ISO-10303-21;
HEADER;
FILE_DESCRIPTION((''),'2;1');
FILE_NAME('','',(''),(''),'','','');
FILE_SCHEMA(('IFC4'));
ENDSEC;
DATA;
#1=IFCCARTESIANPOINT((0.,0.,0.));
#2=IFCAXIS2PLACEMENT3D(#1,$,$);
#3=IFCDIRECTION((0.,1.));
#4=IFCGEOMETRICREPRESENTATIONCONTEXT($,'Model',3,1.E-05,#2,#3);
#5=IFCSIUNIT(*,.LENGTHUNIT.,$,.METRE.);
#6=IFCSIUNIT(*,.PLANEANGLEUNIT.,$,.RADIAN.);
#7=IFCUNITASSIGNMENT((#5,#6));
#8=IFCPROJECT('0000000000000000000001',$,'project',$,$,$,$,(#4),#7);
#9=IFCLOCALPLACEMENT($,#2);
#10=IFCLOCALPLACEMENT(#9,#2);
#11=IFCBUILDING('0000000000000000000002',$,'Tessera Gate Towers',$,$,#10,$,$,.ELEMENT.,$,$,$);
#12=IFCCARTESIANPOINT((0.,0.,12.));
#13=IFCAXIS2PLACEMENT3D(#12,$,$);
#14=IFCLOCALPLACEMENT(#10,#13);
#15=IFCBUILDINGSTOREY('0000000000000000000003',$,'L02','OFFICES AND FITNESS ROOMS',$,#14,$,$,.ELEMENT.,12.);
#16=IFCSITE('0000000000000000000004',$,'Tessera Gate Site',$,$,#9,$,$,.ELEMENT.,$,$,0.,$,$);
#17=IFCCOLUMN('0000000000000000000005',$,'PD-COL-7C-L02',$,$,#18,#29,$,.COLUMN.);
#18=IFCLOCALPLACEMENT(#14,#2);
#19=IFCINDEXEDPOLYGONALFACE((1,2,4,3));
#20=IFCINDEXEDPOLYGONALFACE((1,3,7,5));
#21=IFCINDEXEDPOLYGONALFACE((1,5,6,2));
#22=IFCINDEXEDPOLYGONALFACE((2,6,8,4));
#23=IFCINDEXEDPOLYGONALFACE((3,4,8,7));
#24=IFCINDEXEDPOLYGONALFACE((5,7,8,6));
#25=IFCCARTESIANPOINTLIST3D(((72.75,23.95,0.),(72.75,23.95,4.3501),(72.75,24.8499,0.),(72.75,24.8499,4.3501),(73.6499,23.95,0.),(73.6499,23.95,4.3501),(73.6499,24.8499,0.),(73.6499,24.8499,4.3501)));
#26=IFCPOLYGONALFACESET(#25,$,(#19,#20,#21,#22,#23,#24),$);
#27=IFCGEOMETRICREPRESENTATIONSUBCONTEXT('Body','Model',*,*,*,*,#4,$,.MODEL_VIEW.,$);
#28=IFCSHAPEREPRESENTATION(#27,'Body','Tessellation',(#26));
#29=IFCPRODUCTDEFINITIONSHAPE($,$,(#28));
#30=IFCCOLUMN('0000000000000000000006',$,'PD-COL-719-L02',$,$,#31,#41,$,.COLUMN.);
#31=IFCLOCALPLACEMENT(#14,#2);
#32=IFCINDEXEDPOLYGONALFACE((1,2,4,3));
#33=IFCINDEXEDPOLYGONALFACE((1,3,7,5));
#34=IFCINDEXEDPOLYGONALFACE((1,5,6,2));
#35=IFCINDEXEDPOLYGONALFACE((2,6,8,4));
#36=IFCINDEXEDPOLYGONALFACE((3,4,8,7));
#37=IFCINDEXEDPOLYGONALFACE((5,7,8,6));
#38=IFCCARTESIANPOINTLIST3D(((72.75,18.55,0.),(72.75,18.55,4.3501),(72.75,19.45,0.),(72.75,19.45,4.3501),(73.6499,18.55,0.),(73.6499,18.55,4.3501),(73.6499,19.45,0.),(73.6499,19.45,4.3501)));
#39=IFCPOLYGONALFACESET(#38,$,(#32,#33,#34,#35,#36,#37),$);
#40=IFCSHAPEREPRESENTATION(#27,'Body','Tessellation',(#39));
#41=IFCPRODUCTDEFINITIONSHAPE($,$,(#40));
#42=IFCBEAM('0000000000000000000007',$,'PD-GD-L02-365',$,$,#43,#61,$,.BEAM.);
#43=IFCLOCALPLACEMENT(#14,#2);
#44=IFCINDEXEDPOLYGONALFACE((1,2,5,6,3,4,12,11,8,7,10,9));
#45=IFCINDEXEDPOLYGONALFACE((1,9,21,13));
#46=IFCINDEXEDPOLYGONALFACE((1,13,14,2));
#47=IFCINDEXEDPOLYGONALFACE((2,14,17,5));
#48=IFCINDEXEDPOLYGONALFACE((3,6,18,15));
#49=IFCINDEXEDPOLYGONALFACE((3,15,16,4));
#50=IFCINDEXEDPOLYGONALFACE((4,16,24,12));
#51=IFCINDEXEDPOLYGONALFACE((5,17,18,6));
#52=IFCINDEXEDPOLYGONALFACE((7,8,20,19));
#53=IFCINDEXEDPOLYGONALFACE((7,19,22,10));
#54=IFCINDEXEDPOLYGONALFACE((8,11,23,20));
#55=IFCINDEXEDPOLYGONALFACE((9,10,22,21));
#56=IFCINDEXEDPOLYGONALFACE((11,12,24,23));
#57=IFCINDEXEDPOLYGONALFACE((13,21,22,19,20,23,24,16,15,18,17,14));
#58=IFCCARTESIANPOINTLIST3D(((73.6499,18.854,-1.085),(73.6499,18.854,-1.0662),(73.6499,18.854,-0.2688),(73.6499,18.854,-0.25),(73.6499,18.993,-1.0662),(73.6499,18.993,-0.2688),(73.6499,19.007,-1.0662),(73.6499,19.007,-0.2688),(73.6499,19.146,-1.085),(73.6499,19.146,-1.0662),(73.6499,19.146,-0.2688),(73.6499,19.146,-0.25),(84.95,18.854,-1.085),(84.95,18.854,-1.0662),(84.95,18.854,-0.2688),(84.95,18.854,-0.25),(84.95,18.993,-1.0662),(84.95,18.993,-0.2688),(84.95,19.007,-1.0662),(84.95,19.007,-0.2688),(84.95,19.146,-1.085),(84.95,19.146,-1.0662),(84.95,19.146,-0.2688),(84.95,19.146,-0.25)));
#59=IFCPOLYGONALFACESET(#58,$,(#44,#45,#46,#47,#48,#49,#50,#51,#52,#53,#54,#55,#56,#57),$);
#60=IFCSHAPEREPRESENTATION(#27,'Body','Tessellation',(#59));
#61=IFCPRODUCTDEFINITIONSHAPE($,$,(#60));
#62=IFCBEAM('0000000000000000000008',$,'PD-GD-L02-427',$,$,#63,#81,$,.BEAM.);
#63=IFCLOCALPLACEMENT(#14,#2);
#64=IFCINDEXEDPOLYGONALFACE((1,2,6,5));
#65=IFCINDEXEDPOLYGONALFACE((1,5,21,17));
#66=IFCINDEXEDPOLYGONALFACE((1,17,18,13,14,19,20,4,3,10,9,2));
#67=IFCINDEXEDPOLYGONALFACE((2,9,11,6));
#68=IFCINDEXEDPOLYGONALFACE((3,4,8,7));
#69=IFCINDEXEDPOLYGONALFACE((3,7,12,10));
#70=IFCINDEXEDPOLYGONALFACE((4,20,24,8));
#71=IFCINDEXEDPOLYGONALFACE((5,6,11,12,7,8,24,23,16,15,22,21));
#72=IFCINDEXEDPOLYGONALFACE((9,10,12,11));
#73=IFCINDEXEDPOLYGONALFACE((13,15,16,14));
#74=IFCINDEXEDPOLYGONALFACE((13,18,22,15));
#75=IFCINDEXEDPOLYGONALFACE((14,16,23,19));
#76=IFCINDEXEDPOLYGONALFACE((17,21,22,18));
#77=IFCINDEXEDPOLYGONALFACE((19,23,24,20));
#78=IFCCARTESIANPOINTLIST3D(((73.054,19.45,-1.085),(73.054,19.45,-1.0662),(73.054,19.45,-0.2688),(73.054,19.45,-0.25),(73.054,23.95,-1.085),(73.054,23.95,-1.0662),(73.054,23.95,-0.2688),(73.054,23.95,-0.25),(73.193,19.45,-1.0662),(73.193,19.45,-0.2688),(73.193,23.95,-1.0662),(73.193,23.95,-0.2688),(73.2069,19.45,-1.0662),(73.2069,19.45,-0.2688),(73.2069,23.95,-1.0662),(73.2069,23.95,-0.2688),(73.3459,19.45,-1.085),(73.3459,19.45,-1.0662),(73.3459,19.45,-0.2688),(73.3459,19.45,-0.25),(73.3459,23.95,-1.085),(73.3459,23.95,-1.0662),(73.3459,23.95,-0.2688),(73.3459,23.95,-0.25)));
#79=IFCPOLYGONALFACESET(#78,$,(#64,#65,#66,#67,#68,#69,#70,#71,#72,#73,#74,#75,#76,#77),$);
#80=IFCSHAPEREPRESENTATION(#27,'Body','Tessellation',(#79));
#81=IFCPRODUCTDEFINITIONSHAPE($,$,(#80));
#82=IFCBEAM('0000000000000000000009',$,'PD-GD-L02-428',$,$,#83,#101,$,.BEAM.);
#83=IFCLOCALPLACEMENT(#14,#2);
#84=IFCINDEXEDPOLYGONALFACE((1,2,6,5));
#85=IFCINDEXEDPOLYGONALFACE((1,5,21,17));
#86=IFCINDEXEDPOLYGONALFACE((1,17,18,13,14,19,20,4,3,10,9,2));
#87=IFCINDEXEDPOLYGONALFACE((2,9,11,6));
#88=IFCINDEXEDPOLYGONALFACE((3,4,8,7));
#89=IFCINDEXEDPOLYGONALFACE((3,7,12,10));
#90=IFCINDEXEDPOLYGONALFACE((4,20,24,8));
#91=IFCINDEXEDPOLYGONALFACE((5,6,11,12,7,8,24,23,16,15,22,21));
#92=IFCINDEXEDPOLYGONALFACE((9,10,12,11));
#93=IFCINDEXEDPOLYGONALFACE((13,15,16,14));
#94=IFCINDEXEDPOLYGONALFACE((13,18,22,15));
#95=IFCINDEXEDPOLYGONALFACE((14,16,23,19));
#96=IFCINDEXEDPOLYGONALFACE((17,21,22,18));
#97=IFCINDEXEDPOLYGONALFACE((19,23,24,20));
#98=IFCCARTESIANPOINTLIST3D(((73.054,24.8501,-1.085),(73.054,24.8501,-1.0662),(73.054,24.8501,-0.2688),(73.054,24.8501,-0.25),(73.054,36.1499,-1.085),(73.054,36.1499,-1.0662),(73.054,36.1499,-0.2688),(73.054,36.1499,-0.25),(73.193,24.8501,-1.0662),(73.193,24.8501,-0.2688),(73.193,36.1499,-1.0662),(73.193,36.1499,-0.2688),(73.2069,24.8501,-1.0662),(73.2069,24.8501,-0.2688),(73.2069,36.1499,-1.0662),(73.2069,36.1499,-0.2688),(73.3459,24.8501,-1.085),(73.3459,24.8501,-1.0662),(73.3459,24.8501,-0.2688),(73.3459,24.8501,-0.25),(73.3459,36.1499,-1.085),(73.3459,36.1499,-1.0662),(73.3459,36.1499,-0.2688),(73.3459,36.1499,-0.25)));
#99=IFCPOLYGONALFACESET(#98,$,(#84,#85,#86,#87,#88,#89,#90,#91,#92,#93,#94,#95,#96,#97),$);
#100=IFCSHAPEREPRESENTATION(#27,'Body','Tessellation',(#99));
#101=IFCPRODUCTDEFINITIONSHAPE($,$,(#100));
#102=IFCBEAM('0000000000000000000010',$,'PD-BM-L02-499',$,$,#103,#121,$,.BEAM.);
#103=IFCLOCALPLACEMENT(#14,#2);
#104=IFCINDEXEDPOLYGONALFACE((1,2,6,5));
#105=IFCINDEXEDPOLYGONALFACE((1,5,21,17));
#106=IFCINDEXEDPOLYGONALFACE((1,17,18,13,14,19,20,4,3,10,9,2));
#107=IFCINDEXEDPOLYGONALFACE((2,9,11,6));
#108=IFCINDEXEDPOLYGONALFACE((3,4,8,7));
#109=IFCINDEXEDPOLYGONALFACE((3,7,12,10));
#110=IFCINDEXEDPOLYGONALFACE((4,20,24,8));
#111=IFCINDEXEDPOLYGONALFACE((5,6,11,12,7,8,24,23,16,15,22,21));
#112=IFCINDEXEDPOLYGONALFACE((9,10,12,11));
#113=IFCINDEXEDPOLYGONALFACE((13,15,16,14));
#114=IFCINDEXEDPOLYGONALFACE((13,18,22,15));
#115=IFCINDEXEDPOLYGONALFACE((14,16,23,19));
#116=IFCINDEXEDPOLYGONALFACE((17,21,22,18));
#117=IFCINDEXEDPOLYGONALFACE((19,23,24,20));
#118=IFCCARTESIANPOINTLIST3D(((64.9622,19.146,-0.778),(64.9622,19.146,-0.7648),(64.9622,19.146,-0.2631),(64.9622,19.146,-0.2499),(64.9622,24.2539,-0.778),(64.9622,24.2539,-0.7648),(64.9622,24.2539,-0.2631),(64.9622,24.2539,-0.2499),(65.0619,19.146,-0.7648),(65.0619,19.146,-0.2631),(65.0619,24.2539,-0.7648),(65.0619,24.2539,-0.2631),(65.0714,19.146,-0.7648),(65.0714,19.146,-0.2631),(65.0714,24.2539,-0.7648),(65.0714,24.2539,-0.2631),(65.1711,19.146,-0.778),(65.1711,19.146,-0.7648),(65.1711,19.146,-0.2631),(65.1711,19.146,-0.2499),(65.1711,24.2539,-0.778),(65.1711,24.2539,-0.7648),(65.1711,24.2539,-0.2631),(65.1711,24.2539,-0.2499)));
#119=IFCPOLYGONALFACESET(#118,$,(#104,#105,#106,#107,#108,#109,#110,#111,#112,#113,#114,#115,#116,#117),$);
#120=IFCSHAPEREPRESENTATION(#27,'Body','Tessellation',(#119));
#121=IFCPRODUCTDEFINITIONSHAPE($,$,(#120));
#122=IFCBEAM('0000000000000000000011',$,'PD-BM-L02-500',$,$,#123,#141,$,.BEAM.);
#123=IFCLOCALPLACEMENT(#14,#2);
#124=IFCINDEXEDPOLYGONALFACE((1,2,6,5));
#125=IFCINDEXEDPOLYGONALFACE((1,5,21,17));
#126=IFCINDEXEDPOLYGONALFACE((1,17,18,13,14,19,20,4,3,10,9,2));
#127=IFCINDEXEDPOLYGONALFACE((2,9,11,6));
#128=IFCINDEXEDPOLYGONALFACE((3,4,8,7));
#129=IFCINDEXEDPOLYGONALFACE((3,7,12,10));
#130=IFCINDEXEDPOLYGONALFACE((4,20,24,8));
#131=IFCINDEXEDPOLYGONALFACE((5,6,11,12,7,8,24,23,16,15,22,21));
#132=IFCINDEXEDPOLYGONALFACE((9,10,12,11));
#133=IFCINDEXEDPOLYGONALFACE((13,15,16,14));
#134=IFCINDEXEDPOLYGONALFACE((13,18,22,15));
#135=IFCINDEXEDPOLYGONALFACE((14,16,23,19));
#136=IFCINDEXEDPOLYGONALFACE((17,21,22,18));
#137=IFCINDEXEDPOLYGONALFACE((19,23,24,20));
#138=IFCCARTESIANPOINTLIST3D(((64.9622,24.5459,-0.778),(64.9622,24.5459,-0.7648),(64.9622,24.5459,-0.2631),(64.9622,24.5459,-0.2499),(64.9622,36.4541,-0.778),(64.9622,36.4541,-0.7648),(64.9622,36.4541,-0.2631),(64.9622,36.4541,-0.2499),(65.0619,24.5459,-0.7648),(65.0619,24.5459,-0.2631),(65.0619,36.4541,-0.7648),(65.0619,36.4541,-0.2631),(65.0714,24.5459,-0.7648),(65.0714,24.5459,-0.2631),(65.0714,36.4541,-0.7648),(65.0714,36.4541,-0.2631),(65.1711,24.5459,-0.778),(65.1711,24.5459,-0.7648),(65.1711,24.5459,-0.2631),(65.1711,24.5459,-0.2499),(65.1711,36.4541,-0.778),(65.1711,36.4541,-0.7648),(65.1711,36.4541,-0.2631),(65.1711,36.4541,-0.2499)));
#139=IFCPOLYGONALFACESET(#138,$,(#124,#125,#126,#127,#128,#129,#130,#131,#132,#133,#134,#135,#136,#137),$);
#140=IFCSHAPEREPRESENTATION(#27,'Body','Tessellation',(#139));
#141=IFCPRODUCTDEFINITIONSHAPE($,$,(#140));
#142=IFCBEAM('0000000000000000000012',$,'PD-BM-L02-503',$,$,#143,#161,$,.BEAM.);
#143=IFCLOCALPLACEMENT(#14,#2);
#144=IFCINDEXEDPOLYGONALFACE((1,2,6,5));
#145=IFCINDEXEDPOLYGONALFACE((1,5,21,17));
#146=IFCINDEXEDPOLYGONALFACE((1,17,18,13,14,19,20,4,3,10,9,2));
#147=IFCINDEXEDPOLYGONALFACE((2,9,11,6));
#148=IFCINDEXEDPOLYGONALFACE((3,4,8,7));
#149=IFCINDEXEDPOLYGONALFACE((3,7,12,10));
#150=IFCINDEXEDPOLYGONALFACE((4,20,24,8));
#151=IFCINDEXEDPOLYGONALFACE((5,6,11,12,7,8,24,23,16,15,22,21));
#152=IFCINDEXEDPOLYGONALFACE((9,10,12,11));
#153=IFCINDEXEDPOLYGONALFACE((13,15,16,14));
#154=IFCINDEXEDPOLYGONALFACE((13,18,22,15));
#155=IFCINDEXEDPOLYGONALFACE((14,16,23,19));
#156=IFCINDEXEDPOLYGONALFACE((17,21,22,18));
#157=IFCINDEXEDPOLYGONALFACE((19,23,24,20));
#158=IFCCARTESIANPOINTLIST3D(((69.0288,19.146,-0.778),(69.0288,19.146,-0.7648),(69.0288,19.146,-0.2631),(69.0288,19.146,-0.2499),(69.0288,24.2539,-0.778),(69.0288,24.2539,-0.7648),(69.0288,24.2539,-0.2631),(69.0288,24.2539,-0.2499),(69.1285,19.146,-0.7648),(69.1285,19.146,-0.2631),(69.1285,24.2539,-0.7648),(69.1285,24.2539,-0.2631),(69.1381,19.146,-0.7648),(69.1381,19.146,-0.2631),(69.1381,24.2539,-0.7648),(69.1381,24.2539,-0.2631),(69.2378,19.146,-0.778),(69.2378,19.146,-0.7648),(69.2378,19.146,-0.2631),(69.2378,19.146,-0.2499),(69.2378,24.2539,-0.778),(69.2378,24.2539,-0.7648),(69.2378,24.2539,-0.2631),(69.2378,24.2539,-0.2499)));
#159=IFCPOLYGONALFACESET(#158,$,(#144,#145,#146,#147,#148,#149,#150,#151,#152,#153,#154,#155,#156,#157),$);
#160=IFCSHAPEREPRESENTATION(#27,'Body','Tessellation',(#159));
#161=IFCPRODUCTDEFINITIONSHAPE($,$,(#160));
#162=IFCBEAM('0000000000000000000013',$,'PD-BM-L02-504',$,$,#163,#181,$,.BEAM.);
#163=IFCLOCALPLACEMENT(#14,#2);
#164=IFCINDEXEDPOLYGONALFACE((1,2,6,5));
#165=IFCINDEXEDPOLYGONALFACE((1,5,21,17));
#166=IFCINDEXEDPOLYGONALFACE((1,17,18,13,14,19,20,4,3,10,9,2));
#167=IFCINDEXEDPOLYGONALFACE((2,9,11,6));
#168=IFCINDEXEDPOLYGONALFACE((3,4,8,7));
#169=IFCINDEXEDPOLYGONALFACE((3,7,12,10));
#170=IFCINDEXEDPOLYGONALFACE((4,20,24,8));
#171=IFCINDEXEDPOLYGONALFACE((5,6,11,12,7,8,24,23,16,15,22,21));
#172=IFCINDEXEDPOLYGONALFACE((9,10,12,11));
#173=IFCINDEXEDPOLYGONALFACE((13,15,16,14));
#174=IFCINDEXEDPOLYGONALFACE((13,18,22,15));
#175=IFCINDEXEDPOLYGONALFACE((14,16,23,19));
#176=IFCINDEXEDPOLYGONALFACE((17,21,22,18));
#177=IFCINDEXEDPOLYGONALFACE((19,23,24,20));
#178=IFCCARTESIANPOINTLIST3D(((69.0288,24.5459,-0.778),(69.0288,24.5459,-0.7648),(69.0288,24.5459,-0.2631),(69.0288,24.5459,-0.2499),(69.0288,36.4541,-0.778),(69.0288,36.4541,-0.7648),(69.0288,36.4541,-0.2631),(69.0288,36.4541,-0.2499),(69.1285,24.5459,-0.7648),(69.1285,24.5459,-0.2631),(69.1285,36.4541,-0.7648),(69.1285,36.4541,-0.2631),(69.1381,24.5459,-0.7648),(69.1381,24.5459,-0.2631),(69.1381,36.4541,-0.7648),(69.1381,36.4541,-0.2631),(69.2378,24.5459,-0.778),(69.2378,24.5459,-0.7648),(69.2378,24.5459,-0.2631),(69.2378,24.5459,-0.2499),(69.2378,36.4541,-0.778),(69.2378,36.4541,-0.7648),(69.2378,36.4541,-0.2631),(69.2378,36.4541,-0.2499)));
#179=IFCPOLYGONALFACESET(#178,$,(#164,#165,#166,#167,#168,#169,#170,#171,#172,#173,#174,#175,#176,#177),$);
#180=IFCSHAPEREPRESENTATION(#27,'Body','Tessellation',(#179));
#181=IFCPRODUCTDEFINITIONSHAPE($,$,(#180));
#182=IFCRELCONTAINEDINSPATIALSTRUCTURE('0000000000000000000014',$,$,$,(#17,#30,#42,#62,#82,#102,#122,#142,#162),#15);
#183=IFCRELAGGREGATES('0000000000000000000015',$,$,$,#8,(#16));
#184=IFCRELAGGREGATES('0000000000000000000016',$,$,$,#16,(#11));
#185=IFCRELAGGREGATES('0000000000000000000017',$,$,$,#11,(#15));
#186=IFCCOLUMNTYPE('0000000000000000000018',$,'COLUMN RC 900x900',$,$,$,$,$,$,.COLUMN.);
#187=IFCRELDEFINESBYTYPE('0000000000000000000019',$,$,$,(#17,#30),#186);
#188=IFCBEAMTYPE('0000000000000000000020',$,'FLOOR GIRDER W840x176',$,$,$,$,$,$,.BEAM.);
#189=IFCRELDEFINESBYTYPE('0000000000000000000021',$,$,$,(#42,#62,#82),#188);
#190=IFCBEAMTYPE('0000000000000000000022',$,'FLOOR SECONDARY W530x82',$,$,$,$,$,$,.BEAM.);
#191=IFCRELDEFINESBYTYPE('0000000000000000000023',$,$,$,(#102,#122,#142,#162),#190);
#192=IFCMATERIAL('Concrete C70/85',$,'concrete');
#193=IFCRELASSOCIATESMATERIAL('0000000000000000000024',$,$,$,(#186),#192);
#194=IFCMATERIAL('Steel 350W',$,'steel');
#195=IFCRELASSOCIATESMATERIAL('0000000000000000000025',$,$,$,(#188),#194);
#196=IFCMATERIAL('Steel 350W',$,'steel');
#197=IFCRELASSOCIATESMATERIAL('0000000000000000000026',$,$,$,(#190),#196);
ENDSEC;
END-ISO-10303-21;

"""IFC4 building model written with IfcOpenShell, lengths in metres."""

from ifc_helpers import new_model, si_unit, direction, frame, origin, origin_2d, place, context, subcontext, project, spatial, rectangle, i_section, extrude, material, material_profile, profile_set, type_object, element, save


model = new_model("IFC4")

# Units and contexts
model_context = context("Model", 3, precision=1e-05, world=origin(), true_north=direction((0.0, 1.0)))
body_context = subcontext(model_context, "Body", "Model", "MODEL_VIEW")
ifc_project = project(units=[si_unit("LENGTHUNIT", "METRE"), si_unit("PLANEANGLEUNIT", "RADIAN")], contexts=[model_context])

# Site, building, storey
site_placement = place(None, origin())
site = spatial("IfcSite", under=ifc_project, at=site_placement, Name="Tessera Gate Site", CompositionType="ELEMENT", RefElevation=0.0)
building_placement = place(site_placement, origin())
building = spatial("IfcBuilding", under=site, at=building_placement, Name="Tessera Gate Towers", CompositionType="ELEMENT")
storey_placement = place(building_placement, frame((0.0, 0.0, 12.0)))
storey = spatial("IfcBuildingStorey", under=building, at=storey_placement, Name="L02", Description="OFFICES AND FITNESS ROOMS", CompositionType="ELEMENT", Elevation=12.0)

# Columns
ifc_material_1 = material(Name="Concrete C70/85", Category="concrete")
ifc_material_profile_1 = material_profile(ifc_material_1, rectangle(XDim=0.8999, YDim=0.8999, at=origin_2d()), Name="RC 900x900")
ifc_profile_set_1 = profile_set([ifc_material_profile_1], Name="Concrete C70/85")
column_type = type_object("IfcColumnType", Name="COLUMN RC 900x900", PredefinedType="COLUMN", material=ifc_profile_set_1)
for number, where, z_axis, x_axis, name in (
    (1, (73.2, 24.3999, 0.0), (0.0, 0.0, 1.0), (1.0, 0.0, 0.0), "PD-COL-7C-L02"),
    (2, (73.2, 19.0, 0.0), (0.0, 0.0, 1.0), (1.0, 0.0, 0.0), "PD-COL-719-L02"),
):
    element("IfcColumn", number, at=place(storey_placement, frame(where, z_axis=z_axis, x_axis=x_axis)), inside=storey, type_object=column_type, Name=name, PredefinedType="COLUMN", context=body_context, shape_type="SweptSolid", body=[
        extrude(rectangle(XDim=0.8999, YDim=0.8999, at=origin_2d()), origin(), (0.0, 0.0, 1.0), 4.3501),
    ])

# Beams
ifc_material_2 = material(Name="Steel 350W", Category="steel")
ifc_material_profile_2 = material_profile(ifc_material_2, i_section(OverallWidth=0.292, OverallDepth=0.835, WebThickness=0.0139, FlangeThickness=0.0188, at=origin_2d()), Name="W840x176")
ifc_profile_set_2 = profile_set([ifc_material_profile_2], Name="Steel 350W")
beam_type_1 = type_object("IfcBeamType", Name="FLOOR GIRDER W840x176", PredefinedType="BEAM", material=ifc_profile_set_2)
beam_1_placement = place(storey_placement, frame((73.6499, 19.0, -0.6675), z_axis=(1.0, 0.0, 0.0), x_axis=(0.0, 1.0, 0.0)))
element("IfcBeam", 3, at=beam_1_placement, inside=storey, type_object=beam_type_1, Name="PD-GD-L02-365", PredefinedType="BEAM", context=body_context, shape_type="SweptSolid", body=[
    extrude(i_section(OverallWidth=0.292, OverallDepth=0.835, WebThickness=0.0139, FlangeThickness=0.0188, at=origin_2d()), origin(), (0.0, 0.0, 1.0), 11.3),
])
beam_2_placement = place(storey_placement, frame((73.2, 19.45, -0.6675), z_axis=(0.0, 1.0, 0.0), x_axis=(-1.0, 0.0, 0.0)))
element("IfcBeam", 4, at=beam_2_placement, inside=storey, type_object=beam_type_1, Name="PD-GD-L02-427", PredefinedType="BEAM", context=body_context, shape_type="SweptSolid", body=[
    extrude(i_section(OverallWidth=0.292, OverallDepth=0.835, WebThickness=0.0139, FlangeThickness=0.0188, at=origin_2d()), origin(), (0.0, 0.0, 1.0), 4.5),
])
beam_3_placement = place(storey_placement, frame((73.2, 24.8501, -0.6675), z_axis=(0.0, 1.0, 0.0), x_axis=(-1.0, 0.0, 0.0)))
element("IfcBeam", 5, at=beam_3_placement, inside=storey, type_object=beam_type_1, Name="PD-GD-L02-428", PredefinedType="BEAM", context=body_context, shape_type="SweptSolid", body=[
    extrude(i_section(OverallWidth=0.292, OverallDepth=0.835, WebThickness=0.0139, FlangeThickness=0.0188, at=origin_2d()), origin(), (0.0, 0.0, 1.0), 11.2998),
])
ifc_material_3 = material(Name="Steel 350W", Category="steel")
ifc_material_profile_3 = material_profile(ifc_material_3, i_section(OverallWidth=0.209, OverallDepth=0.5281, WebThickness=0.0095, FlangeThickness=0.0132, at=origin_2d()), Name="W530x82")
ifc_profile_set_3 = profile_set([ifc_material_profile_3], Name="Steel 350W")
beam_type_2 = type_object("IfcBeamType", Name="FLOOR SECONDARY W530x82", PredefinedType="BEAM", material=ifc_profile_set_3)
beam_4_placement = place(storey_placement, frame((65.0667, 19.146, -0.5139), z_axis=(0.0, 1.0, 0.0), x_axis=(-1.0, 0.0, 0.0)))
element("IfcBeam", 6, at=beam_4_placement, inside=storey, type_object=beam_type_2, Name="PD-BM-L02-499", PredefinedType="BEAM", context=body_context, shape_type="SweptSolid", body=[
    extrude(i_section(OverallWidth=0.209, OverallDepth=0.5281, WebThickness=0.0095, FlangeThickness=0.0132, at=origin_2d()), origin(), (0.0, 0.0, 1.0), 5.1079),
])
beam_5_placement = place(storey_placement, frame((65.0667, 24.5459, -0.5139), z_axis=(0.0, 1.0, 0.0), x_axis=(-1.0, 0.0, 0.0)))
element("IfcBeam", 7, at=beam_5_placement, inside=storey, type_object=beam_type_2, Name="PD-BM-L02-500", PredefinedType="BEAM", context=body_context, shape_type="SweptSolid", body=[
    extrude(i_section(OverallWidth=0.209, OverallDepth=0.5281, WebThickness=0.0095, FlangeThickness=0.0132, at=origin_2d()), origin(), (0.0, 0.0, 1.0), 11.9082),
])
beam_6_placement = place(storey_placement, frame((69.1333, 19.146, -0.5139), z_axis=(0.0, 1.0, 0.0), x_axis=(-1.0, 0.0, 0.0)))
element("IfcBeam", 8, at=beam_6_placement, inside=storey, type_object=beam_type_2, Name="PD-BM-L02-503", PredefinedType="BEAM", context=body_context, shape_type="SweptSolid", body=[
    extrude(i_section(OverallWidth=0.209, OverallDepth=0.5281, WebThickness=0.0095, FlangeThickness=0.0132, at=origin_2d()), origin(), (0.0, 0.0, 1.0), 5.1079),
])
beam_7_placement = place(storey_placement, frame((69.1333, 24.5459, -0.5139), z_axis=(0.0, 1.0, 0.0), x_axis=(-1.0, 0.0, 0.0)))
element("IfcBeam", 9, at=beam_7_placement, inside=storey, type_object=beam_type_2, Name="PD-BM-L02-504", PredefinedType="BEAM", context=body_context, shape_type="SweptSolid", body=[
    extrude(i_section(OverallWidth=0.209, OverallDepth=0.5281, WebThickness=0.0095, FlangeThickness=0.0132, at=origin_2d()), origin(), (0.0, 0.0, 1.0), 11.9082),
])

save(model, "model.ifc")
